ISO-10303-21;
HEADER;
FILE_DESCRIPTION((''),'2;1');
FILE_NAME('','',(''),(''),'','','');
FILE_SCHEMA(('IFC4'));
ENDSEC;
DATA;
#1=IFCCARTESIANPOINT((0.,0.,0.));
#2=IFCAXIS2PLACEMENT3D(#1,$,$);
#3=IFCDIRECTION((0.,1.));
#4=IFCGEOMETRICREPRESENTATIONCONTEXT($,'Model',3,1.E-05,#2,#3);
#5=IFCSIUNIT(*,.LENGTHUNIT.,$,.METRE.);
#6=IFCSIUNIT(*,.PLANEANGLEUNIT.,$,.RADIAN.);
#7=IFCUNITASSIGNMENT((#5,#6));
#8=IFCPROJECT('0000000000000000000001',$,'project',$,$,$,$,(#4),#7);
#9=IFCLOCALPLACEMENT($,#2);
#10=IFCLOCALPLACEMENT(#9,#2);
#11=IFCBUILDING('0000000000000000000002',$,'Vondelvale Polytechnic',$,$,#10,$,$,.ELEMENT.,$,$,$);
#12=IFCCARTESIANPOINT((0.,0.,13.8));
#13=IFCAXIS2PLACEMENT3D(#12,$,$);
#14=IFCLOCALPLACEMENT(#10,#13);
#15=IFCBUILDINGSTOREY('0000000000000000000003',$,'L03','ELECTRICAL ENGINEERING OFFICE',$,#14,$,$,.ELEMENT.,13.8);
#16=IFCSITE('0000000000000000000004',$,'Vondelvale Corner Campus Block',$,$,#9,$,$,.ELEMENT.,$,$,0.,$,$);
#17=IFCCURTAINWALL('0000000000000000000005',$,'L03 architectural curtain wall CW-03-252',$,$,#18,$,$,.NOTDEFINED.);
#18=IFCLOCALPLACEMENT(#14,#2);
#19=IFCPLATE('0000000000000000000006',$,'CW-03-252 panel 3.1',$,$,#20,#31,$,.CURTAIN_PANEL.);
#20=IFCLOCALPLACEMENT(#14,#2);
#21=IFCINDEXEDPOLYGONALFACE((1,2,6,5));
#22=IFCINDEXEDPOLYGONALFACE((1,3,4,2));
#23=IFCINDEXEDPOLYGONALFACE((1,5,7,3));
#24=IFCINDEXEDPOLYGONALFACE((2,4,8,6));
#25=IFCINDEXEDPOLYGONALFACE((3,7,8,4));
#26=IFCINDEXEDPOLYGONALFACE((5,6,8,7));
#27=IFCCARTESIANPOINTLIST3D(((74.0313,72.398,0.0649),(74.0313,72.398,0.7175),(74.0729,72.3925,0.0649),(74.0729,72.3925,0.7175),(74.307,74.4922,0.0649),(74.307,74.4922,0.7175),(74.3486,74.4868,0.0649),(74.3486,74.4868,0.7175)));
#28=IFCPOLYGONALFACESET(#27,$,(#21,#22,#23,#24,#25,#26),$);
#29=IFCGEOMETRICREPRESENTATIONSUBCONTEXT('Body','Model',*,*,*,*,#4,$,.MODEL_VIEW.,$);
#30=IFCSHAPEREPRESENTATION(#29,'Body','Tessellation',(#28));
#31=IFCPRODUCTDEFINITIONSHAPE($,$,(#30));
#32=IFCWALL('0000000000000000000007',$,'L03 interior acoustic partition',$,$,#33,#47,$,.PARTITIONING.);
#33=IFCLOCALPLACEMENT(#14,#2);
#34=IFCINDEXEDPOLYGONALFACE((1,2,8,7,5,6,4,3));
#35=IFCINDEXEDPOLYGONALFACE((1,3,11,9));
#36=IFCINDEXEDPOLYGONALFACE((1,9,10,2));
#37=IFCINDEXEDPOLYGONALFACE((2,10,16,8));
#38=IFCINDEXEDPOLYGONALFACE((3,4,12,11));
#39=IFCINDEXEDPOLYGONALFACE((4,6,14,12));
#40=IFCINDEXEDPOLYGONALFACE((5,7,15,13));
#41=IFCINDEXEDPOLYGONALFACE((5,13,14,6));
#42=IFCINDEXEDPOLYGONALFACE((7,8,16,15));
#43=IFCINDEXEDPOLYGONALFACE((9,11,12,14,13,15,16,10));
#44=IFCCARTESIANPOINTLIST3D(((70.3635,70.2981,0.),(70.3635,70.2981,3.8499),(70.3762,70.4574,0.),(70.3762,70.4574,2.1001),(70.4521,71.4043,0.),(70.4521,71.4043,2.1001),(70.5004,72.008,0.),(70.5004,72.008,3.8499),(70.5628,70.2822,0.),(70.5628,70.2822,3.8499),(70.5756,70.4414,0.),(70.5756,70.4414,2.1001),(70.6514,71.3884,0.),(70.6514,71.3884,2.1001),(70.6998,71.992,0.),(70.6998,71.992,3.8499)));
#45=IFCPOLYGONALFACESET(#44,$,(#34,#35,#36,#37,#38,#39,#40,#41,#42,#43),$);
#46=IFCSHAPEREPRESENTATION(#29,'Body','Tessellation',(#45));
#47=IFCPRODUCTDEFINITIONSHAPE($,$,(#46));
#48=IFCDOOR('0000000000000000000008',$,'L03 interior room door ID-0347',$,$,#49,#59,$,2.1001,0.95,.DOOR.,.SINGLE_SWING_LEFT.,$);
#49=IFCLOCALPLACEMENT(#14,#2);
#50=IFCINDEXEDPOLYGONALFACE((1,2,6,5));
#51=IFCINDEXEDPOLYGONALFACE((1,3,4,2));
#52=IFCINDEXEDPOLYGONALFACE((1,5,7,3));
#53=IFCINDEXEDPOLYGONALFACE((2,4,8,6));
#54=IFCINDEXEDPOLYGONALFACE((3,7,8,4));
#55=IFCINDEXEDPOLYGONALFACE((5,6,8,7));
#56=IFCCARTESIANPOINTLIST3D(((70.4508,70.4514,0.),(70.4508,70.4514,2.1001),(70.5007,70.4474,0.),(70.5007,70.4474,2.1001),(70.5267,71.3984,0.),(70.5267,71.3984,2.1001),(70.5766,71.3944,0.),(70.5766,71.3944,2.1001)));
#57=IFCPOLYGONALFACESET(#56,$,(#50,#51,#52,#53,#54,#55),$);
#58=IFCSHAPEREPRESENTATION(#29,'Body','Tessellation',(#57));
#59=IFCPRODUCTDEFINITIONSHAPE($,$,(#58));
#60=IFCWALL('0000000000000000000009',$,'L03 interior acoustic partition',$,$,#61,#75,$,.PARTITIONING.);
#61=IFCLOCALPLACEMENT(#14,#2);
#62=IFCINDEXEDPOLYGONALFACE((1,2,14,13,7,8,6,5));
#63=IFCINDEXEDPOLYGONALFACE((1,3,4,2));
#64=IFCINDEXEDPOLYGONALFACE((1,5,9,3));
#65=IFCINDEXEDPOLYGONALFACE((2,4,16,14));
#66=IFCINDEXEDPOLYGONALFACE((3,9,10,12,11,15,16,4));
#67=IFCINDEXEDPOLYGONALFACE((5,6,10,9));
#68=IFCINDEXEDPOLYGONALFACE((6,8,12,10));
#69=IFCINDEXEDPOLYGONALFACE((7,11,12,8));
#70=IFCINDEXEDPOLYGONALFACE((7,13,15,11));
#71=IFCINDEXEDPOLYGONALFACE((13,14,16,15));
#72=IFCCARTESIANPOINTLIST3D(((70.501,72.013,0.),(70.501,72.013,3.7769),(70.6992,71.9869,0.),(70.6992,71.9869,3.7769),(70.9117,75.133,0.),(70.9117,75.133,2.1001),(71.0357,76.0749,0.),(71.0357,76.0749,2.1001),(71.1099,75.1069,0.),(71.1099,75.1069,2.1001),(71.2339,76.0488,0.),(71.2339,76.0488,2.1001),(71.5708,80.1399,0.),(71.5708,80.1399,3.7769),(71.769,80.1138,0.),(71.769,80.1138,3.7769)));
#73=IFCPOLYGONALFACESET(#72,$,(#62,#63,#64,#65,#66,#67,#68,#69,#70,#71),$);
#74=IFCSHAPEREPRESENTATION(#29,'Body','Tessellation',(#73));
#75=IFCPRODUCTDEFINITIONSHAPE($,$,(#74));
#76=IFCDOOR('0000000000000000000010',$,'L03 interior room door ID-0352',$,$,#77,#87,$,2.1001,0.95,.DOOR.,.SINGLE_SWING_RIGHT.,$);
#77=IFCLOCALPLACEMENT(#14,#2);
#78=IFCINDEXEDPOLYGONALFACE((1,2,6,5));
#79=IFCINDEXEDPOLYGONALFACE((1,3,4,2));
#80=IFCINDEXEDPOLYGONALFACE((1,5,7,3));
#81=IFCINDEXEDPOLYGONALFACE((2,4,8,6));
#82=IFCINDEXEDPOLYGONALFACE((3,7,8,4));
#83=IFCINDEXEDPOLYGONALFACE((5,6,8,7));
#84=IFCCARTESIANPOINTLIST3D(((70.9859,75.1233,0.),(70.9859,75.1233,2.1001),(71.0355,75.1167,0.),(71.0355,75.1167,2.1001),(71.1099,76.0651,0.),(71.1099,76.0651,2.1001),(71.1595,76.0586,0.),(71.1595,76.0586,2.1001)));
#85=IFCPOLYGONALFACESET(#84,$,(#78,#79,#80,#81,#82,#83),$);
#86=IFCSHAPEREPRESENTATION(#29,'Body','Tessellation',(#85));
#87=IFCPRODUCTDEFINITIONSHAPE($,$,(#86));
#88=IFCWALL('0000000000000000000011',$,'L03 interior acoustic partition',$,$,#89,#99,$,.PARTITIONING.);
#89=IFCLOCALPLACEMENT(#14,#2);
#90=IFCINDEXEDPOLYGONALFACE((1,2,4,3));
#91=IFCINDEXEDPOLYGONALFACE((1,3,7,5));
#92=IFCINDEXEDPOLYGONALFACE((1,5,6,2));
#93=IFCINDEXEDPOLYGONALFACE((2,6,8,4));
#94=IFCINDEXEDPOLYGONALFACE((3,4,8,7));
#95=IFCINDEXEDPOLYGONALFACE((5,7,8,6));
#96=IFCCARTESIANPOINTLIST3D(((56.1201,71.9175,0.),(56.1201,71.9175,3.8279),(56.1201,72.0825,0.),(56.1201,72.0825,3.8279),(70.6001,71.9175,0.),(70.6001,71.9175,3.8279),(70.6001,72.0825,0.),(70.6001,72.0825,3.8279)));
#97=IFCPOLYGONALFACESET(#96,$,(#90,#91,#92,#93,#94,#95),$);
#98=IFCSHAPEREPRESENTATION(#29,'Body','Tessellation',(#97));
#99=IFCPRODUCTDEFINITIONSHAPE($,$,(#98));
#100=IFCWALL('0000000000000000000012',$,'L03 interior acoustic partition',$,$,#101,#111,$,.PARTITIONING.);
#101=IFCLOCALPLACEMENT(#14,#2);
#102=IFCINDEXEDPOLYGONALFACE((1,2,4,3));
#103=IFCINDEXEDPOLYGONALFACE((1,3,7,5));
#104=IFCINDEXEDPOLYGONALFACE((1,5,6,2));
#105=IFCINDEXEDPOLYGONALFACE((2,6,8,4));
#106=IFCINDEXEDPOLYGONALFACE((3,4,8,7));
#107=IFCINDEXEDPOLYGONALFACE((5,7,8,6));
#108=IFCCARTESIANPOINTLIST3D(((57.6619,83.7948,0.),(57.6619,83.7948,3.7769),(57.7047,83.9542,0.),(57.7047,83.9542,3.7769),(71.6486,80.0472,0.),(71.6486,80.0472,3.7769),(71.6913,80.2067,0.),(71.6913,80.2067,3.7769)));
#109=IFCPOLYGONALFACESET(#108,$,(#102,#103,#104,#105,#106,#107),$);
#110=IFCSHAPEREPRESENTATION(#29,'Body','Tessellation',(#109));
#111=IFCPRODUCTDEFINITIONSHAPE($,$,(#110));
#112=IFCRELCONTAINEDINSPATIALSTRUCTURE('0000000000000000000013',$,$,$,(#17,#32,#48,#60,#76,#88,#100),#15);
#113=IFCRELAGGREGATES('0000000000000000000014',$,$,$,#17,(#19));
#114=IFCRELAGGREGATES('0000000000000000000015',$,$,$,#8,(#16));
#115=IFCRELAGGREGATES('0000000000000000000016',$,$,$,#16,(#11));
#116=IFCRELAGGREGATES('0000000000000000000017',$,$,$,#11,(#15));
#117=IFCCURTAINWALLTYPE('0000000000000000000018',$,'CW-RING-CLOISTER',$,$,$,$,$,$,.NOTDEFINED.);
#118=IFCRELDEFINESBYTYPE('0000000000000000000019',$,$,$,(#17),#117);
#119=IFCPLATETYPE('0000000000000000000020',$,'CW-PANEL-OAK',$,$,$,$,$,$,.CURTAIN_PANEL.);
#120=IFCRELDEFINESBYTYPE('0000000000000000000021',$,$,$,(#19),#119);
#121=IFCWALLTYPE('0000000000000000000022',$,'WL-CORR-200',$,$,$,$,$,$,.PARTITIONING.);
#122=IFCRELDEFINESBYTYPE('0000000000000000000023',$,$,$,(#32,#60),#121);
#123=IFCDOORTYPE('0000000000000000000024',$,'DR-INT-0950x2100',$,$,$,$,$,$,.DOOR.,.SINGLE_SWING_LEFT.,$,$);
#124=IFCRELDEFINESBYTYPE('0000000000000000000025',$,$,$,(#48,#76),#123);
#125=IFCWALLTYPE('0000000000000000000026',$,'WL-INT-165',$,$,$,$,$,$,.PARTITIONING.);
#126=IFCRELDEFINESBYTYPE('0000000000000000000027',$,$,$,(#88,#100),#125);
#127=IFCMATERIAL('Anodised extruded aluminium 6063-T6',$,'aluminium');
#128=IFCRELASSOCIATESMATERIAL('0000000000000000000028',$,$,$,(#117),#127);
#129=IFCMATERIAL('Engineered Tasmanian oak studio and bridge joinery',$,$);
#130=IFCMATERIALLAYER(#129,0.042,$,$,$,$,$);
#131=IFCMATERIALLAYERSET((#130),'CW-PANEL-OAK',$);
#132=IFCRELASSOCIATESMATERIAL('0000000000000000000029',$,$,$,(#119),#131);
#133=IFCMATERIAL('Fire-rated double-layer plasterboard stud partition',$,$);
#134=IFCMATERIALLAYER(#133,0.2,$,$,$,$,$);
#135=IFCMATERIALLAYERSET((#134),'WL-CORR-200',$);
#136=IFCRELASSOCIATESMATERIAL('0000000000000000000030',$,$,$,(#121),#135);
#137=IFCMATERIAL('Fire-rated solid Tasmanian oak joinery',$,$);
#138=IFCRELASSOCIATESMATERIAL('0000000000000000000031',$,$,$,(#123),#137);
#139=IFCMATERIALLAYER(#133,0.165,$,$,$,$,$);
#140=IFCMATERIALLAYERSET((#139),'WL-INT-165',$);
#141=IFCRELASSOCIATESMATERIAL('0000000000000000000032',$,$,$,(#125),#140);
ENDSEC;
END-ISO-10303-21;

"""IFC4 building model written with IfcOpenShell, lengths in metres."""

from ifc_helpers import new_model, si_unit, direction, frame, frame_2d, origin, origin_2d, place, context, subcontext, project, spatial, rectangle, extrude, material, layer, layer_set, type_object, element, fill, aggregate, save


model = new_model("IFC4")

# Units and contexts
model_context = context("Model", 3, precision=1e-05, world=origin(), true_north=direction((0.0, 1.0)))
body_context = subcontext(model_context, "Body", "Model", "MODEL_VIEW")
ifc_project = project(units=[si_unit("LENGTHUNIT", "METRE"), si_unit("PLANEANGLEUNIT", "RADIAN")], contexts=[model_context])

# Site, building, storey
site_placement = place(None, origin())
site = spatial("IfcSite", under=ifc_project, at=site_placement, Name="Vondelvale Corner Campus Block", CompositionType="ELEMENT", RefElevation=0.0)
building_placement = place(site_placement, origin())
building = spatial("IfcBuilding", under=site, at=building_placement, Name="Vondelvale Polytechnic", CompositionType="ELEMENT")
storey_placement = place(building_placement, frame((0.0, 0.0, 13.8)))
storey = spatial("IfcBuildingStorey", under=building, at=storey_placement, Name="L03", Description="ELECTRICAL ENGINEERING OFFICE", CompositionType="ELEMENT", Elevation=13.8)

# Curtain wall
ifc_material_1 = material(Name="Anodised extruded aluminium 6063-T6", Category="aluminium")
curtain_wall_type = type_object("IfcCurtainWallType", Name="CW-RING-CLOISTER", PredefinedType="NOTDEFINED", material=ifc_material_1)
curtain_wall_placement = place(storey_placement, origin())
curtain_wall = element("IfcCurtainWall", 1, at=curtain_wall_placement, inside=storey, type_object=curtain_wall_type, Name="L03 architectural curtain wall CW-03-252", PredefinedType="NOTDEFINED")

# Plate
ifc_material_2 = material(Name="Engineered Tasmanian oak studio and bridge joinery")
ifc_layer_1 = layer(ifc_material_2, 0.042)
ifc_layer_set_1 = layer_set([ifc_layer_1], Name="CW-PANEL-OAK")
plate_type_1 = type_object("IfcPlateType", Name="CW-PANEL-OAK", PredefinedType="CURTAIN_PANEL", material=ifc_layer_set_1)
plate_1_placement = place(storey_placement, frame((74.1899, 73.4424, 0.0649), z_axis=(0.0, 0.0, 1.0), x_axis=(-0.130528, -0.991445, 0.0)))
plate_1 = element("IfcPlate", 2, at=plate_1_placement, type_object=plate_type_1, Name="CW-03-252 panel 3.1", PredefinedType="CURTAIN_PANEL", context=body_context, shape_type="SweptSolid", body=[
    extrude(rectangle(XDim=2.1123, YDim=0.042, at=origin_2d()), origin(), (0.0, 0.0, 1.0), 0.6526),
])
aggregate(curtain_wall, [plate_1])

# Walls, openings, doors
ifc_material_3 = material(Name="Fire-rated double-layer plasterboard stud partition")
ifc_layer_2 = layer(ifc_material_3, 0.2)
ifc_layer_set_2 = layer_set([ifc_layer_2], Name="WL-CORR-200")
wall_type_1 = type_object("IfcWallType", Name="WL-CORR-200", PredefinedType="PARTITIONING", material=ifc_layer_set_2)
wall_1_placement = place(storey_placement, frame((70.6001, 72.0, 0.0), z_axis=(0.0, 0.0, 1.0), x_axis=(-0.079841, -0.996808, 0.0)))
wall_1 = element("IfcWall", 3, at=wall_1_placement, inside=storey, type_object=wall_type_1, Name="L03 interior acoustic partition", PredefinedType="PARTITIONING", context=body_context, shape_type="SweptSolid", body=[
    extrude(rectangle(XDim=1.7153, YDim=0.2, at=frame_2d((0.8577, 0.0))), origin(), (0.0, 0.0, 1.0), 3.8499),
])
opening_1_placement = place(wall_1_placement, frame((0.6055, 0.0, 0.0)))
opening_1 = element("IfcOpeningElement", 4, at=opening_1_placement, cuts=wall_1, PredefinedType="OPENING", context=body_context, shape_type="SweptSolid", body=[
    extrude(rectangle(XDim=0.95, YDim=2.1001, at=frame_2d((0.4751, 1.05))), frame((0.0, 0.1099, 0.0), z_axis=(0.0, -1.0, 0.0), x_axis=(1.0, 0.0, 0.0)), (0.0, 0.0, 1.0), 0.22),
])
ifc_material_4 = material(Name="Fire-rated solid Tasmanian oak joinery")
door_type = type_object("IfcDoorType", Name="DR-INT-0950x2100", OperationType="SINGLE_SWING_LEFT", PredefinedType="DOOR", material=ifc_material_4)
door_1_placement = place(opening_1_placement, origin())
door_1 = element("IfcDoor", 5, at=door_1_placement, inside=storey, type_object=door_type, Name="L03 interior room door ID-0347", OperationType="SINGLE_SWING_LEFT", OverallHeight=2.1001, OverallWidth=0.95, PredefinedType="DOOR", context=body_context, shape_type="SweptSolid", body=[
    extrude(rectangle(XDim=0.95, YDim=2.1001, at=frame_2d((0.4751, 1.05))), frame((0.0, 0.0249, 0.0), z_axis=(0.0, -1.0, 0.0), x_axis=(1.0, 0.0, 0.0)), (0.0, 0.0, 1.0), 0.05),
])
fill(opening_1, door_1)
wall_2_placement = place(storey_placement, frame((71.6699, 80.127, 0.0), z_axis=(0.0, 0.0, 1.0), x_axis=(-0.130513, -0.991447, 0.0)))
wall_2 = element("IfcWall", 6, at=wall_2_placement, inside=storey, type_object=wall_type_1, Name="L03 interior acoustic partition", PredefinedType="PARTITIONING", context=body_context, shape_type="SweptSolid", body=[
    extrude(rectangle(XDim=8.197, YDim=0.2, at=frame_2d((4.0986, 0.0))), origin(), (0.0, 0.0, 1.0), 3.7769),
])
opening_2_placement = place(wall_2_placement, frame((4.1001, 0.0, 0.0)))
opening_2 = element("IfcOpeningElement", 7, at=opening_2_placement, cuts=wall_2, PredefinedType="OPENING", context=body_context, shape_type="SweptSolid", body=[
    extrude(rectangle(XDim=0.95, YDim=2.1001, at=frame_2d((0.4751, 1.05))), frame((0.0, 0.1099, 0.0), z_axis=(0.0, -1.0, 0.0), x_axis=(1.0, 0.0, 0.0)), (0.0, 0.0, 1.0), 0.22),
])
door_2_placement = place(opening_2_placement, origin())
door_2 = element("IfcDoor", 8, at=door_2_placement, inside=storey, type_object=door_type, Name="L03 interior room door ID-0352", OperationType="SINGLE_SWING_RIGHT", OverallHeight=2.1001, OverallWidth=0.95, PredefinedType="DOOR", context=body_context, shape_type="SweptSolid", body=[
    extrude(rectangle(XDim=0.95, YDim=2.1001, at=frame_2d((0.4751, 1.05))), frame((0.0, 0.0249, 0.0), z_axis=(0.0, -1.0, 0.0), x_axis=(1.0, 0.0, 0.0)), (0.0, 0.0, 1.0), 0.05),
])
fill(opening_2, door_2)

# Walls
ifc_layer_3 = layer(ifc_material_3, 0.165)
ifc_layer_set_3 = layer_set([ifc_layer_3], Name="WL-INT-165")
wall_type_2 = type_object("IfcWallType", Name="WL-INT-165", PredefinedType="PARTITIONING", material=ifc_layer_set_3)
wall_3_placement = place(storey_placement, frame((70.6001, 72.0, 0.0), z_axis=(0.0, 0.0, 1.0), x_axis=(-1.0, 0.0, 0.0)))
element("IfcWall", 9, at=wall_3_placement, inside=storey, type_object=wall_type_2, Name="L03 interior acoustic partition", PredefinedType="PARTITIONING", context=body_context, shape_type="SweptSolid", body=[
    extrude(rectangle(XDim=14.48, YDim=0.165, at=frame_2d((7.24, 0.0))), origin(), (0.0, 0.0, 1.0), 3.8279),
])
wall_4_placement = place(storey_placement, frame((71.6699, 80.127, 0.0), z_axis=(0.0, 0.0, 1.0), x_axis=(-0.965928, 0.258811, 0.0)))
element("IfcWall", 10, at=wall_4_placement, inside=storey, type_object=wall_type_2, Name="L03 interior acoustic partition", PredefinedType="PARTITIONING", context=body_context, shape_type="SweptSolid", body=[
    extrude(rectangle(XDim=14.48, YDim=0.165, at=frame_2d((7.24, 0.0))), origin(), (0.0, 0.0, 1.0), 3.7769),
])

save(model, "model.ifc")
